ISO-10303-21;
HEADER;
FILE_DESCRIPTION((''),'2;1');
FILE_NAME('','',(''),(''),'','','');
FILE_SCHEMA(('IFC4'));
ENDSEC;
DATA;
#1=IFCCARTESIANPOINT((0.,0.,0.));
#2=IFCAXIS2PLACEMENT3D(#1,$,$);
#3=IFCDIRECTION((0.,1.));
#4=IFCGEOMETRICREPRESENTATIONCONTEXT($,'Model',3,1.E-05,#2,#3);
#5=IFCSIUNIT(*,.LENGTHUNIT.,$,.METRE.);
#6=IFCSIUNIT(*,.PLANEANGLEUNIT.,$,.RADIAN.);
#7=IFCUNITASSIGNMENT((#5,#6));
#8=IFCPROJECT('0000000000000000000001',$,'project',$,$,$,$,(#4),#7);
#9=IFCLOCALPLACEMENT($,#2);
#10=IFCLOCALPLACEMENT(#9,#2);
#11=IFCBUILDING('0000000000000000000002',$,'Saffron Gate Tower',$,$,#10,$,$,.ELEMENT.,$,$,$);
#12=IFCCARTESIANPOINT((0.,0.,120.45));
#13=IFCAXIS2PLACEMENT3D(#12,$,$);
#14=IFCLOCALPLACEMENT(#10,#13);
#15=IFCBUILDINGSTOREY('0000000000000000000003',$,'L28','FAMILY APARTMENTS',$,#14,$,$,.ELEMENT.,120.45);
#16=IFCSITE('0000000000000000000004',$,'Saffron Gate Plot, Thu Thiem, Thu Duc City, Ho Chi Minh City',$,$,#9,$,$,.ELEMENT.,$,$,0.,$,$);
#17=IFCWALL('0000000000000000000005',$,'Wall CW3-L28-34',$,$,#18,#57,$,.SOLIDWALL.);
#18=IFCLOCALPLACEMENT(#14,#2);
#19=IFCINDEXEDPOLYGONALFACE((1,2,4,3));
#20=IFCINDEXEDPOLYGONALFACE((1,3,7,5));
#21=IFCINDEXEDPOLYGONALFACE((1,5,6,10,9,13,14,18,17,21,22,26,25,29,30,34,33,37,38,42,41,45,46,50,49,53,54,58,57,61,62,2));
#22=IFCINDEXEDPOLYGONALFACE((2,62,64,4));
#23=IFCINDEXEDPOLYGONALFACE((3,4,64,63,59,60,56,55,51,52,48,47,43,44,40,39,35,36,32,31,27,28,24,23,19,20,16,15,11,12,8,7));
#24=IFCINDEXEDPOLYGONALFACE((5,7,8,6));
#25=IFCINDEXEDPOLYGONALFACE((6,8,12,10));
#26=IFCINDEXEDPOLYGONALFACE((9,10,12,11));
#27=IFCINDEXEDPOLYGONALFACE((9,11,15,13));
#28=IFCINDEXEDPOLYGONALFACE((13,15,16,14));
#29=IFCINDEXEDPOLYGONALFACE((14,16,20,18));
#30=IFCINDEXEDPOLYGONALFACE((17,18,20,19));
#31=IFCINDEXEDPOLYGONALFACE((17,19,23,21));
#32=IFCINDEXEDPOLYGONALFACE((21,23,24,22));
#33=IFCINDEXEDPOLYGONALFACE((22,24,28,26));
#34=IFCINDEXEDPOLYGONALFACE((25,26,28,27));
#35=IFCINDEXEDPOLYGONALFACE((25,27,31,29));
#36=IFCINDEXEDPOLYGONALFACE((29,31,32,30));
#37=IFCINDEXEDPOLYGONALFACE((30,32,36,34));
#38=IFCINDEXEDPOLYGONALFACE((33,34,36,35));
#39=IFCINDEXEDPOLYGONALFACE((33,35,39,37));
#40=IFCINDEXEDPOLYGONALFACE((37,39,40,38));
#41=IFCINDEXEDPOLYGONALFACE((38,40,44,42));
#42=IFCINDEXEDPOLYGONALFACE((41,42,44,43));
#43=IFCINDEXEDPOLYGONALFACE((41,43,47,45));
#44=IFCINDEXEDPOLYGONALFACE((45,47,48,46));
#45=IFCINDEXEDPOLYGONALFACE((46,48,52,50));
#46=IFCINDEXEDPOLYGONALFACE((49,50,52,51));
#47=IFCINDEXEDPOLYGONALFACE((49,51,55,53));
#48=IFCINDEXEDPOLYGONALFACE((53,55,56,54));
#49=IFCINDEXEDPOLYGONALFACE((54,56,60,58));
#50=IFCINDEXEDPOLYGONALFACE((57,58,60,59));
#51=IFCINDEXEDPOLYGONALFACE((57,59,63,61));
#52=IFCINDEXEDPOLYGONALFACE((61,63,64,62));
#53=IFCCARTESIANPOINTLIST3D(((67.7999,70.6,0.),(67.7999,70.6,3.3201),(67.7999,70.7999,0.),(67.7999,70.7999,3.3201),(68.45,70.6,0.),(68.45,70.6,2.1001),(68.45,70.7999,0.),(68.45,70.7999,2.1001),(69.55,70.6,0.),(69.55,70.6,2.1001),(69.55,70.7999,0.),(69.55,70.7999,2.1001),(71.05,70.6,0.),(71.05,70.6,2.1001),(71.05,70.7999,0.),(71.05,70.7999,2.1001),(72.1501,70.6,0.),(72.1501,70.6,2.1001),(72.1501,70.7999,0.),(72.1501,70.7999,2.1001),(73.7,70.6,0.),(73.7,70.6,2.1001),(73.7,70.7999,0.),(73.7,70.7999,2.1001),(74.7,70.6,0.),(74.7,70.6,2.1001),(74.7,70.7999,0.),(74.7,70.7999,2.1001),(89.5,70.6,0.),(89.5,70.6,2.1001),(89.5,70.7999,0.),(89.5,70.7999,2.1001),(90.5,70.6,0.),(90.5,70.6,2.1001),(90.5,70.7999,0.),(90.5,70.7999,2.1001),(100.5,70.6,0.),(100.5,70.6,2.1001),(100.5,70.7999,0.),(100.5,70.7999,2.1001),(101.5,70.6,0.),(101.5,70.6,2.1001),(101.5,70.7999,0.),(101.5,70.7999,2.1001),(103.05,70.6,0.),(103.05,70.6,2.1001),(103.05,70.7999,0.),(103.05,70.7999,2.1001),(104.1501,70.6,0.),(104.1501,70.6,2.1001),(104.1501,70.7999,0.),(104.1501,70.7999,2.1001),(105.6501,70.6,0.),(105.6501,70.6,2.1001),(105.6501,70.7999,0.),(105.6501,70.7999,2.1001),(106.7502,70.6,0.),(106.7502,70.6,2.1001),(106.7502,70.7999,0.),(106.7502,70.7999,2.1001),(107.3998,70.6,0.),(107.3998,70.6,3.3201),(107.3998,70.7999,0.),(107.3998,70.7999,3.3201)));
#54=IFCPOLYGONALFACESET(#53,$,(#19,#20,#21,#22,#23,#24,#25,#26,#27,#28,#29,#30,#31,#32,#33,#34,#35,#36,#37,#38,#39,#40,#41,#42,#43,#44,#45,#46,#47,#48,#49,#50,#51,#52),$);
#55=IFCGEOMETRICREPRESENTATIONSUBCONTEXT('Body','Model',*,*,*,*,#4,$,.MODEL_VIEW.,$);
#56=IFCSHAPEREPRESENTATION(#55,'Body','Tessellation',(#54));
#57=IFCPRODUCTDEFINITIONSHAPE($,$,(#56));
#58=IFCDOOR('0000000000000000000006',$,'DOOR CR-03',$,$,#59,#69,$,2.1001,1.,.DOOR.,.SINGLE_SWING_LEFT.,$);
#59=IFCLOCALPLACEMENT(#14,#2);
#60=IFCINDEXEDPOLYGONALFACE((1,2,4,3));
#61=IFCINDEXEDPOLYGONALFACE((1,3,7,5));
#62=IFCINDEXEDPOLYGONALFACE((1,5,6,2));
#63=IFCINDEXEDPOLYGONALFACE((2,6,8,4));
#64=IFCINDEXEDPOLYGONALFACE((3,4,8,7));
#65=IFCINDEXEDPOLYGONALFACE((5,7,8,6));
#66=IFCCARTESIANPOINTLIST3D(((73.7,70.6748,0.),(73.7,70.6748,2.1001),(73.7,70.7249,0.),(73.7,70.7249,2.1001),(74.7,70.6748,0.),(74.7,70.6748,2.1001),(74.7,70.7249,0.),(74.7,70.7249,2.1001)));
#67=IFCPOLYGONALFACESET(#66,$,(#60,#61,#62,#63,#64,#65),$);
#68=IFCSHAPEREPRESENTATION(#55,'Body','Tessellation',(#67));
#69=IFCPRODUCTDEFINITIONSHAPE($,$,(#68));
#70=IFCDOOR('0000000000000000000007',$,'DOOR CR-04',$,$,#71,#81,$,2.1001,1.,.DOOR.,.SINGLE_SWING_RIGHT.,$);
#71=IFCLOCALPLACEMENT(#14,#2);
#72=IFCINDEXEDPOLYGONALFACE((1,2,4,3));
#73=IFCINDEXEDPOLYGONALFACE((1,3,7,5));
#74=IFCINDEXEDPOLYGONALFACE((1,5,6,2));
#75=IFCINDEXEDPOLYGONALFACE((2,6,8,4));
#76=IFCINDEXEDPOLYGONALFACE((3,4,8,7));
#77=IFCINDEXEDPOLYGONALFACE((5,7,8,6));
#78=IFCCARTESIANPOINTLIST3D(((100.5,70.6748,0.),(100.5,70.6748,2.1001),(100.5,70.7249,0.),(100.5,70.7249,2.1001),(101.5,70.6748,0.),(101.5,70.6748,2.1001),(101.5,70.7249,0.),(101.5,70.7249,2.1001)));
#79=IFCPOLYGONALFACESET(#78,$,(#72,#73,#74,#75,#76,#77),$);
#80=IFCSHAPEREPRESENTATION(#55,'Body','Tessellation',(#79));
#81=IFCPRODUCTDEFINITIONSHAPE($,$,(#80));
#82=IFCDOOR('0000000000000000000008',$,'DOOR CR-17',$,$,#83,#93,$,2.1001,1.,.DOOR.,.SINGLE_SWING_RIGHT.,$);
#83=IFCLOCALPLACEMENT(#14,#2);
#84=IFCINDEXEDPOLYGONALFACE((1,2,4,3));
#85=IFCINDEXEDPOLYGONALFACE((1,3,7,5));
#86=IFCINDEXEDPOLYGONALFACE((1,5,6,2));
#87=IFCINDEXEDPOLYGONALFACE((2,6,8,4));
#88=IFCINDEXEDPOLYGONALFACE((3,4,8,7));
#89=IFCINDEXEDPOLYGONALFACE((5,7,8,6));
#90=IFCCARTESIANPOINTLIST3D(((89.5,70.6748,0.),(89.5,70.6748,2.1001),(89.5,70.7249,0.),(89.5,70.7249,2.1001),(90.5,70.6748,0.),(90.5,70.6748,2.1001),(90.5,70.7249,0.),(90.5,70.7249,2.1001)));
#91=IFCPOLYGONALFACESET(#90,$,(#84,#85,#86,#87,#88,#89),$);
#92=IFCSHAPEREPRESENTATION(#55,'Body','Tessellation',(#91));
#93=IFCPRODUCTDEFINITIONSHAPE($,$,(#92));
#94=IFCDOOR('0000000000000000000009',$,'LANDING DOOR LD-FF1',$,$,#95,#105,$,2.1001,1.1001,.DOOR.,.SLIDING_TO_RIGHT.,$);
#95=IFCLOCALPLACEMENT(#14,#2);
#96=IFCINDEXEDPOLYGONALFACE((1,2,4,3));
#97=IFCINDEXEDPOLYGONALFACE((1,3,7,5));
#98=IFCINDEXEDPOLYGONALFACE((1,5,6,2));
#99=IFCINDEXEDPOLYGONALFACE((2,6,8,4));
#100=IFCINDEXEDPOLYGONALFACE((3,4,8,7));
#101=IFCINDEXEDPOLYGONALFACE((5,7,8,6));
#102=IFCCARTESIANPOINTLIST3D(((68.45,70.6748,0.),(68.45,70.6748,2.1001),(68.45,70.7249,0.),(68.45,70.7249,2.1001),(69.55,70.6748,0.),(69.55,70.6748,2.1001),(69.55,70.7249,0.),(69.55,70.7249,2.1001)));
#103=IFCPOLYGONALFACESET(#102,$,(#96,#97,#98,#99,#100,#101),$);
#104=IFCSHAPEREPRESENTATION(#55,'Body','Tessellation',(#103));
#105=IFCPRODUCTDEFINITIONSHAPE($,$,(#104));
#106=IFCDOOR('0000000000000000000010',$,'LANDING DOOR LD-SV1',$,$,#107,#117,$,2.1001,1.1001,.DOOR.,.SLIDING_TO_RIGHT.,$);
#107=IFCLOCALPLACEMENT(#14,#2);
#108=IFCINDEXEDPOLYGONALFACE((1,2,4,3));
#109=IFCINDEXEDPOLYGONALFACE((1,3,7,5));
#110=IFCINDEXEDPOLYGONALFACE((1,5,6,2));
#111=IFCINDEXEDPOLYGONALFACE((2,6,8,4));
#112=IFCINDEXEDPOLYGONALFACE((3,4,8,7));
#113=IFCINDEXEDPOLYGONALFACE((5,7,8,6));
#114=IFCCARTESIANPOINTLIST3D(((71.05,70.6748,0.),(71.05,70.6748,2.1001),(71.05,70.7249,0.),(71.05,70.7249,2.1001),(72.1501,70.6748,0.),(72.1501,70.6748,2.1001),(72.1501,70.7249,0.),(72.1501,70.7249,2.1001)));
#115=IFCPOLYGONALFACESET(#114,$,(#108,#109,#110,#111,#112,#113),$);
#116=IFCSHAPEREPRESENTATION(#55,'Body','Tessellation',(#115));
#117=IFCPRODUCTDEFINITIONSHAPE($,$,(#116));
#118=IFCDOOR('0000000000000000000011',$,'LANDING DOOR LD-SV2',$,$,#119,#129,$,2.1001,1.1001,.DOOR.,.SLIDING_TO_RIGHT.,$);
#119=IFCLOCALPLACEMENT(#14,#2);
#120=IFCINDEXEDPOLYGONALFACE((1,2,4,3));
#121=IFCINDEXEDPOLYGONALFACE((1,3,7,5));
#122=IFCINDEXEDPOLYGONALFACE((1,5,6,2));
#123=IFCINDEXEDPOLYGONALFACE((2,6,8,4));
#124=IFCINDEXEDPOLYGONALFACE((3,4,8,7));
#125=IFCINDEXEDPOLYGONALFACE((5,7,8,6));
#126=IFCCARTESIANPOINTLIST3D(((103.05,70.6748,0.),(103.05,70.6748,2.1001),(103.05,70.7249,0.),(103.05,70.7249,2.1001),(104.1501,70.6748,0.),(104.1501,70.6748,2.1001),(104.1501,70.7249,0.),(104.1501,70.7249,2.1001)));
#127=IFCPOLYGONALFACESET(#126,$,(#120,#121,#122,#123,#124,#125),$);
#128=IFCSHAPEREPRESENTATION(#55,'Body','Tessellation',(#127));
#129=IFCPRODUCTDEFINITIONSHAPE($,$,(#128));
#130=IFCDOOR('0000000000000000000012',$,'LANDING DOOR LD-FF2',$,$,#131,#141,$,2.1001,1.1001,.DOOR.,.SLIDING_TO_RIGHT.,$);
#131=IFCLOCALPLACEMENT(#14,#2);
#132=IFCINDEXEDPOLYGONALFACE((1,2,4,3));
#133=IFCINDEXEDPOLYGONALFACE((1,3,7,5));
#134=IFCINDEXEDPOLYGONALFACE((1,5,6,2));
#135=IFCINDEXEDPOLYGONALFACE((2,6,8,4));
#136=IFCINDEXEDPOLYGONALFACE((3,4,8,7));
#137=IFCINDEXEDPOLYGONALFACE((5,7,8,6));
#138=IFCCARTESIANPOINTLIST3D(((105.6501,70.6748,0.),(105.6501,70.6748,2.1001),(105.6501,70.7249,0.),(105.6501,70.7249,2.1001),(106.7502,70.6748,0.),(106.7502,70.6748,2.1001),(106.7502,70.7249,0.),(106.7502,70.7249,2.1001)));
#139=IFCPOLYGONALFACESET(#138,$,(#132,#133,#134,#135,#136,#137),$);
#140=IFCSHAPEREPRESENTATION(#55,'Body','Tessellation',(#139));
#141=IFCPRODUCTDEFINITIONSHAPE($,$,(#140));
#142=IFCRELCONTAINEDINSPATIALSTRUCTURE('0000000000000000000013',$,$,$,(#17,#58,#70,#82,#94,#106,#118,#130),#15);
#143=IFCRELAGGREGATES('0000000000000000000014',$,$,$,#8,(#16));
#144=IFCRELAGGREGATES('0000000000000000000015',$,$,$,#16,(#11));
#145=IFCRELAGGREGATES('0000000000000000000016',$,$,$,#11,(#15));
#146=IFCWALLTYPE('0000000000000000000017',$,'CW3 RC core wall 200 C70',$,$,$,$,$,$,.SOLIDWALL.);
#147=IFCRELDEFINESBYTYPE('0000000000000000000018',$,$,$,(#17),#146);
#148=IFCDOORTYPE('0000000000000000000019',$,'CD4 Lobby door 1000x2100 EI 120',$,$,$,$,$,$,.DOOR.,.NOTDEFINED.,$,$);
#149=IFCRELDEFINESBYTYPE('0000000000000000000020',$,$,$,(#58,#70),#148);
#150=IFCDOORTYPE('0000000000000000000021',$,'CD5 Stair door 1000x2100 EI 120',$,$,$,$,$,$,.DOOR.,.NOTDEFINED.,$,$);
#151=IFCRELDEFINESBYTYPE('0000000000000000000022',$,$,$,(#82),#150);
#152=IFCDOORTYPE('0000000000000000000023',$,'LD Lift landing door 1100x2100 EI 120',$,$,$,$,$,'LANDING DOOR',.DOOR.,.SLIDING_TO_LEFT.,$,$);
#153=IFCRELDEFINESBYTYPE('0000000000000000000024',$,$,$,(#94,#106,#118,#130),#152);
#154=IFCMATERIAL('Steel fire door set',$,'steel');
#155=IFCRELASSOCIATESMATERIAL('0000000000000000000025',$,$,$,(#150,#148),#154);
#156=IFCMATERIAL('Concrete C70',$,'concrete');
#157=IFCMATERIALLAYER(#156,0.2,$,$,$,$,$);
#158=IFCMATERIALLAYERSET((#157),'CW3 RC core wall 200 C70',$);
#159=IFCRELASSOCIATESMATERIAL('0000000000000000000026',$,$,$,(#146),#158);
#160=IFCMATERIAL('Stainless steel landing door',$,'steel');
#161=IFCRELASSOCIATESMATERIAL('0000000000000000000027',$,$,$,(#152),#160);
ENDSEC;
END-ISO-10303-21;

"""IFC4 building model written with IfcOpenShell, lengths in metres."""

from ifc_helpers import new_model, si_unit, direction, frame, frame_2d, origin, place, context, subcontext, project, spatial, rectangle, extrude, material, layer, layer_set, type_object, element, fill, save


model = new_model("IFC4")

# Units and contexts
model_context = context("Model", 3, precision=1e-05, world=origin(), true_north=direction((0.0, 1.0)))
body_context = subcontext(model_context, "Body", "Model", "MODEL_VIEW")
ifc_project = project(units=[si_unit("LENGTHUNIT", "METRE"), si_unit("PLANEANGLEUNIT", "RADIAN")], contexts=[model_context])

# Site, building, storey
site_placement = place(None, origin())
site = spatial("IfcSite", under=ifc_project, at=site_placement, Name="Saffron Gate Plot, Thu Thiem, Thu Duc City, Ho Chi Minh City", CompositionType="ELEMENT", RefElevation=0.0)
building_placement = place(site_placement, origin())
building = spatial("IfcBuilding", under=site, at=building_placement, Name="Saffron Gate Tower", CompositionType="ELEMENT")
storey_placement = place(building_placement, frame((0.0, 0.0, 120.45)))
storey = spatial("IfcBuildingStorey", under=building, at=storey_placement, Name="L28", Description="FAMILY APARTMENTS", CompositionType="ELEMENT", Elevation=120.45)

# Wall, openings, doors
ifc_material_1 = material(Name="Concrete C70", Category="concrete")
ifc_material_2 = material(Name="Steel fire door set", Category="steel")
door_type_1 = type_object("IfcDoorType", Name="CD5 Stair door 1000x2100 EI 120", OperationType="NOTDEFINED", PredefinedType="DOOR", material=ifc_material_2)
ifc_layer_1 = layer(ifc_material_1, 0.2)
ifc_layer_set_1 = layer_set([ifc_layer_1], Name="CW3 RC core wall 200 C70")
wall_type_1 = type_object("IfcWallType", Name="CW3 RC core wall 200 C70", PredefinedType="SOLIDWALL", material=ifc_layer_set_1)
ifc_material_3 = material(Name="Stainless steel landing door", Category="steel")
door_type_2 = type_object("IfcDoorType", Name="LD Lift landing door 1100x2100 EI 120", ElementType="LANDING DOOR", OperationType="SLIDING_TO_LEFT", PredefinedType="DOOR", material=ifc_material_3)
wall_1_placement = place(storey_placement, frame((67.8, 70.7, 0.0), z_axis=(0.0, 0.0, 1.0), x_axis=(1.0, 0.0, 0.0)))
wall_1 = element("IfcWall", 1, at=wall_1_placement, inside=storey, type_object=wall_type_1, Name="Wall CW3-L28-34", PredefinedType="SOLIDWALL", context=body_context, shape_type="SweptSolid", body=[
    extrude(rectangle(XDim=39.5999, YDim=0.2, at=frame_2d((19.7998, 0.0))), origin(), (0.0, 0.0, 1.0), 3.3201),
])
opening_1_placement = place(wall_1_placement, frame((0.6499, 0.0, 0.0)))
opening_1 = element("IfcOpeningElement", 2, at=opening_1_placement, cuts=wall_1, PredefinedType="OPENING", context=body_context, shape_type="SweptSolid", body=[
    extrude(rectangle(XDim=1.1001, YDim=2.1001, at=frame_2d((0.55, 1.05))), frame((0.0, 0.1099, 0.0), z_axis=(0.0, -1.0, 0.0), x_axis=(1.0, 0.0, 0.0)), (0.0, 0.0, 1.0), 0.22),
])
opening_2_placement = place(wall_1_placement, frame((3.25, 0.0, 0.0)))
opening_2 = element("IfcOpeningElement", 3, at=opening_2_placement, cuts=wall_1, PredefinedType="OPENING", context=body_context, shape_type="SweptSolid", body=[
    extrude(rectangle(XDim=1.1001, YDim=2.1001, at=frame_2d((0.55, 1.05))), frame((0.0, 0.1099, 0.0), z_axis=(0.0, -1.0, 0.0), x_axis=(1.0, 0.0, 0.0)), (0.0, 0.0, 1.0), 0.22),
])
opening_3_placement = place(wall_1_placement, frame((5.8999, 0.0, 0.0)))
opening_3 = element("IfcOpeningElement", 4, at=opening_3_placement, cuts=wall_1, PredefinedType="OPENING", context=body_context, shape_type="SweptSolid", body=[
    extrude(rectangle(XDim=1.0, YDim=2.1001, at=frame_2d((0.5, 1.05))), frame((0.0, 0.1099, 0.0), z_axis=(0.0, -1.0, 0.0), x_axis=(1.0, 0.0, 0.0)), (0.0, 0.0, 1.0), 0.22),
])
opening_4_placement = place(wall_1_placement, frame((21.7, 0.0, 0.0)))
opening_4 = element("IfcOpeningElement", 5, at=opening_4_placement, cuts=wall_1, PredefinedType="OPENING", context=body_context, shape_type="SweptSolid", body=[
    extrude(rectangle(XDim=1.0, YDim=2.1001, at=frame_2d((0.5, 1.05))), frame((0.0, 0.1099, 0.0), z_axis=(0.0, -1.0, 0.0), x_axis=(1.0, 0.0, 0.0)), (0.0, 0.0, 1.0), 0.22),
])
opening_5_placement = place(wall_1_placement, frame((32.7, 0.0, 0.0)))
opening_5 = element("IfcOpeningElement", 6, at=opening_5_placement, cuts=wall_1, PredefinedType="OPENING", context=body_context, shape_type="SweptSolid", body=[
    extrude(rectangle(XDim=1.0, YDim=2.1001, at=frame_2d((0.5, 1.05))), frame((0.0, 0.1099, 0.0), z_axis=(0.0, -1.0, 0.0), x_axis=(1.0, 0.0, 0.0)), (0.0, 0.0, 1.0), 0.22),
])
opening_6_placement = place(wall_1_placement, frame((35.25, 0.0, 0.0)))
opening_6 = element("IfcOpeningElement", 7, at=opening_6_placement, cuts=wall_1, PredefinedType="OPENING", context=body_context, shape_type="SweptSolid", body=[
    extrude(rectangle(XDim=1.1001, YDim=2.1001, at=frame_2d((0.55, 1.05))), frame((0.0, 0.1099, 0.0), z_axis=(0.0, -1.0, 0.0), x_axis=(1.0, 0.0, 0.0)), (0.0, 0.0, 1.0), 0.22),
])
opening_7_placement = place(wall_1_placement, frame((37.8501, 0.0, 0.0)))
opening_7 = element("IfcOpeningElement", 8, at=opening_7_placement, cuts=wall_1, PredefinedType="OPENING", context=body_context, shape_type="SweptSolid", body=[
    extrude(rectangle(XDim=1.1001, YDim=2.1001, at=frame_2d((0.55, 1.05))), frame((0.0, 0.1099, 0.0), z_axis=(0.0, -1.0, 0.0), x_axis=(1.0, 0.0, 0.0)), (0.0, 0.0, 1.0), 0.22),
])
door_type_3 = type_object("IfcDoorType", Name="CD4 Lobby door 1000x2100 EI 120", OperationType="NOTDEFINED", PredefinedType="DOOR", material=ifc_material_2)
door_1_placement = place(opening_3_placement, origin())
door_1 = element("IfcDoor", 9, at=door_1_placement, inside=storey, type_object=door_type_3, Name="DOOR CR-03", OperationType="SINGLE_SWING_LEFT", OverallHeight=2.1001, OverallWidth=1.0, PredefinedType="DOOR", context=body_context, shape_type="SweptSolid", body=[
    extrude(rectangle(XDim=1.0, YDim=2.1001, at=frame_2d((0.5, 1.05))), frame((0.0, 0.0249, 0.0), z_axis=(0.0, -1.0, 0.0), x_axis=(1.0, 0.0, 0.0)), (0.0, 0.0, 1.0), 0.05),
])
fill(opening_3, door_1)
door_2_placement = place(opening_5_placement, origin())
door_2 = element("IfcDoor", 10, at=door_2_placement, inside=storey, type_object=door_type_3, Name="DOOR CR-04", OperationType="SINGLE_SWING_RIGHT", OverallHeight=2.1001, OverallWidth=1.0, PredefinedType="DOOR", context=body_context, shape_type="SweptSolid", body=[
    extrude(rectangle(XDim=1.0, YDim=2.1001, at=frame_2d((0.5, 1.05))), frame((0.0, 0.0249, 0.0), z_axis=(0.0, -1.0, 0.0), x_axis=(1.0, 0.0, 0.0)), (0.0, 0.0, 1.0), 0.05),
])
fill(opening_5, door_2)
door_3_placement = place(opening_4_placement, origin())
door_3 = element("IfcDoor", 11, at=door_3_placement, inside=storey, type_object=door_type_1, Name="DOOR CR-17", OperationType="SINGLE_SWING_RIGHT", OverallHeight=2.1001, OverallWidth=1.0, PredefinedType="DOOR", context=body_context, shape_type="SweptSolid", body=[
    extrude(rectangle(XDim=1.0, YDim=2.1001, at=frame_2d((0.5, 1.05))), frame((0.0, 0.0249, 0.0), z_axis=(0.0, -1.0, 0.0), x_axis=(1.0, 0.0, 0.0)), (0.0, 0.0, 1.0), 0.05),
])
fill(opening_4, door_3)
door_4_placement = place(opening_1_placement, origin())
door_4 = element("IfcDoor", 12, at=door_4_placement, inside=storey, type_object=door_type_2, Name="LANDING DOOR LD-FF1", OperationType="SLIDING_TO_RIGHT", OverallHeight=2.1001, OverallWidth=1.1001, PredefinedType="DOOR", context=body_context, shape_type="SweptSolid", body=[
    extrude(rectangle(XDim=1.1001, YDim=2.1001, at=frame_2d((0.55, 1.05))), frame((0.0, 0.0249, 0.0), z_axis=(0.0, -1.0, 0.0), x_axis=(1.0, 0.0, 0.0)), (0.0, 0.0, 1.0), 0.05),
])
fill(opening_1, door_4)
door_5_placement = place(opening_2_placement, origin())
door_5 = element("IfcDoor", 13, at=door_5_placement, inside=storey, type_object=door_type_2, Name="LANDING DOOR LD-SV1", OperationType="SLIDING_TO_RIGHT", OverallHeight=2.1001, OverallWidth=1.1001, PredefinedType="DOOR", context=body_context, shape_type="SweptSolid", body=[
    extrude(rectangle(XDim=1.1001, YDim=2.1001, at=frame_2d((0.55, 1.05))), frame((0.0, 0.0249, 0.0), z_axis=(0.0, -1.0, 0.0), x_axis=(1.0, 0.0, 0.0)), (0.0, 0.0, 1.0), 0.05),
])
fill(opening_2, door_5)
door_6_placement = place(opening_6_placement, origin())
door_6 = element("IfcDoor", 14, at=door_6_placement, inside=storey, type_object=door_type_2, Name="LANDING DOOR LD-SV2", OperationType="SLIDING_TO_RIGHT", OverallHeight=2.1001, OverallWidth=1.1001, PredefinedType="DOOR", context=body_context, shape_type="SweptSolid", body=[
    extrude(rectangle(XDim=1.1001, YDim=2.1001, at=frame_2d((0.55, 1.05))), frame((0.0, 0.0249, 0.0), z_axis=(0.0, -1.0, 0.0), x_axis=(1.0, 0.0, 0.0)), (0.0, 0.0, 1.0), 0.05),
])
fill(opening_6, door_6)
door_7_placement = place(opening_7_placement, origin())
door_7 = element("IfcDoor", 15, at=door_7_placement, inside=storey, type_object=door_type_2, Name="LANDING DOOR LD-FF2", OperationType="SLIDING_TO_RIGHT", OverallHeight=2.1001, OverallWidth=1.1001, PredefinedType="DOOR", context=body_context, shape_type="SweptSolid", body=[
    extrude(rectangle(XDim=1.1001, YDim=2.1001, at=frame_2d((0.55, 1.05))), frame((0.0, 0.0249, 0.0), z_axis=(0.0, -1.0, 0.0), x_axis=(1.0, 0.0, 0.0)), (0.0, 0.0, 1.0), 0.05),
])
fill(opening_7, door_7)

save(model, "model.ifc")
